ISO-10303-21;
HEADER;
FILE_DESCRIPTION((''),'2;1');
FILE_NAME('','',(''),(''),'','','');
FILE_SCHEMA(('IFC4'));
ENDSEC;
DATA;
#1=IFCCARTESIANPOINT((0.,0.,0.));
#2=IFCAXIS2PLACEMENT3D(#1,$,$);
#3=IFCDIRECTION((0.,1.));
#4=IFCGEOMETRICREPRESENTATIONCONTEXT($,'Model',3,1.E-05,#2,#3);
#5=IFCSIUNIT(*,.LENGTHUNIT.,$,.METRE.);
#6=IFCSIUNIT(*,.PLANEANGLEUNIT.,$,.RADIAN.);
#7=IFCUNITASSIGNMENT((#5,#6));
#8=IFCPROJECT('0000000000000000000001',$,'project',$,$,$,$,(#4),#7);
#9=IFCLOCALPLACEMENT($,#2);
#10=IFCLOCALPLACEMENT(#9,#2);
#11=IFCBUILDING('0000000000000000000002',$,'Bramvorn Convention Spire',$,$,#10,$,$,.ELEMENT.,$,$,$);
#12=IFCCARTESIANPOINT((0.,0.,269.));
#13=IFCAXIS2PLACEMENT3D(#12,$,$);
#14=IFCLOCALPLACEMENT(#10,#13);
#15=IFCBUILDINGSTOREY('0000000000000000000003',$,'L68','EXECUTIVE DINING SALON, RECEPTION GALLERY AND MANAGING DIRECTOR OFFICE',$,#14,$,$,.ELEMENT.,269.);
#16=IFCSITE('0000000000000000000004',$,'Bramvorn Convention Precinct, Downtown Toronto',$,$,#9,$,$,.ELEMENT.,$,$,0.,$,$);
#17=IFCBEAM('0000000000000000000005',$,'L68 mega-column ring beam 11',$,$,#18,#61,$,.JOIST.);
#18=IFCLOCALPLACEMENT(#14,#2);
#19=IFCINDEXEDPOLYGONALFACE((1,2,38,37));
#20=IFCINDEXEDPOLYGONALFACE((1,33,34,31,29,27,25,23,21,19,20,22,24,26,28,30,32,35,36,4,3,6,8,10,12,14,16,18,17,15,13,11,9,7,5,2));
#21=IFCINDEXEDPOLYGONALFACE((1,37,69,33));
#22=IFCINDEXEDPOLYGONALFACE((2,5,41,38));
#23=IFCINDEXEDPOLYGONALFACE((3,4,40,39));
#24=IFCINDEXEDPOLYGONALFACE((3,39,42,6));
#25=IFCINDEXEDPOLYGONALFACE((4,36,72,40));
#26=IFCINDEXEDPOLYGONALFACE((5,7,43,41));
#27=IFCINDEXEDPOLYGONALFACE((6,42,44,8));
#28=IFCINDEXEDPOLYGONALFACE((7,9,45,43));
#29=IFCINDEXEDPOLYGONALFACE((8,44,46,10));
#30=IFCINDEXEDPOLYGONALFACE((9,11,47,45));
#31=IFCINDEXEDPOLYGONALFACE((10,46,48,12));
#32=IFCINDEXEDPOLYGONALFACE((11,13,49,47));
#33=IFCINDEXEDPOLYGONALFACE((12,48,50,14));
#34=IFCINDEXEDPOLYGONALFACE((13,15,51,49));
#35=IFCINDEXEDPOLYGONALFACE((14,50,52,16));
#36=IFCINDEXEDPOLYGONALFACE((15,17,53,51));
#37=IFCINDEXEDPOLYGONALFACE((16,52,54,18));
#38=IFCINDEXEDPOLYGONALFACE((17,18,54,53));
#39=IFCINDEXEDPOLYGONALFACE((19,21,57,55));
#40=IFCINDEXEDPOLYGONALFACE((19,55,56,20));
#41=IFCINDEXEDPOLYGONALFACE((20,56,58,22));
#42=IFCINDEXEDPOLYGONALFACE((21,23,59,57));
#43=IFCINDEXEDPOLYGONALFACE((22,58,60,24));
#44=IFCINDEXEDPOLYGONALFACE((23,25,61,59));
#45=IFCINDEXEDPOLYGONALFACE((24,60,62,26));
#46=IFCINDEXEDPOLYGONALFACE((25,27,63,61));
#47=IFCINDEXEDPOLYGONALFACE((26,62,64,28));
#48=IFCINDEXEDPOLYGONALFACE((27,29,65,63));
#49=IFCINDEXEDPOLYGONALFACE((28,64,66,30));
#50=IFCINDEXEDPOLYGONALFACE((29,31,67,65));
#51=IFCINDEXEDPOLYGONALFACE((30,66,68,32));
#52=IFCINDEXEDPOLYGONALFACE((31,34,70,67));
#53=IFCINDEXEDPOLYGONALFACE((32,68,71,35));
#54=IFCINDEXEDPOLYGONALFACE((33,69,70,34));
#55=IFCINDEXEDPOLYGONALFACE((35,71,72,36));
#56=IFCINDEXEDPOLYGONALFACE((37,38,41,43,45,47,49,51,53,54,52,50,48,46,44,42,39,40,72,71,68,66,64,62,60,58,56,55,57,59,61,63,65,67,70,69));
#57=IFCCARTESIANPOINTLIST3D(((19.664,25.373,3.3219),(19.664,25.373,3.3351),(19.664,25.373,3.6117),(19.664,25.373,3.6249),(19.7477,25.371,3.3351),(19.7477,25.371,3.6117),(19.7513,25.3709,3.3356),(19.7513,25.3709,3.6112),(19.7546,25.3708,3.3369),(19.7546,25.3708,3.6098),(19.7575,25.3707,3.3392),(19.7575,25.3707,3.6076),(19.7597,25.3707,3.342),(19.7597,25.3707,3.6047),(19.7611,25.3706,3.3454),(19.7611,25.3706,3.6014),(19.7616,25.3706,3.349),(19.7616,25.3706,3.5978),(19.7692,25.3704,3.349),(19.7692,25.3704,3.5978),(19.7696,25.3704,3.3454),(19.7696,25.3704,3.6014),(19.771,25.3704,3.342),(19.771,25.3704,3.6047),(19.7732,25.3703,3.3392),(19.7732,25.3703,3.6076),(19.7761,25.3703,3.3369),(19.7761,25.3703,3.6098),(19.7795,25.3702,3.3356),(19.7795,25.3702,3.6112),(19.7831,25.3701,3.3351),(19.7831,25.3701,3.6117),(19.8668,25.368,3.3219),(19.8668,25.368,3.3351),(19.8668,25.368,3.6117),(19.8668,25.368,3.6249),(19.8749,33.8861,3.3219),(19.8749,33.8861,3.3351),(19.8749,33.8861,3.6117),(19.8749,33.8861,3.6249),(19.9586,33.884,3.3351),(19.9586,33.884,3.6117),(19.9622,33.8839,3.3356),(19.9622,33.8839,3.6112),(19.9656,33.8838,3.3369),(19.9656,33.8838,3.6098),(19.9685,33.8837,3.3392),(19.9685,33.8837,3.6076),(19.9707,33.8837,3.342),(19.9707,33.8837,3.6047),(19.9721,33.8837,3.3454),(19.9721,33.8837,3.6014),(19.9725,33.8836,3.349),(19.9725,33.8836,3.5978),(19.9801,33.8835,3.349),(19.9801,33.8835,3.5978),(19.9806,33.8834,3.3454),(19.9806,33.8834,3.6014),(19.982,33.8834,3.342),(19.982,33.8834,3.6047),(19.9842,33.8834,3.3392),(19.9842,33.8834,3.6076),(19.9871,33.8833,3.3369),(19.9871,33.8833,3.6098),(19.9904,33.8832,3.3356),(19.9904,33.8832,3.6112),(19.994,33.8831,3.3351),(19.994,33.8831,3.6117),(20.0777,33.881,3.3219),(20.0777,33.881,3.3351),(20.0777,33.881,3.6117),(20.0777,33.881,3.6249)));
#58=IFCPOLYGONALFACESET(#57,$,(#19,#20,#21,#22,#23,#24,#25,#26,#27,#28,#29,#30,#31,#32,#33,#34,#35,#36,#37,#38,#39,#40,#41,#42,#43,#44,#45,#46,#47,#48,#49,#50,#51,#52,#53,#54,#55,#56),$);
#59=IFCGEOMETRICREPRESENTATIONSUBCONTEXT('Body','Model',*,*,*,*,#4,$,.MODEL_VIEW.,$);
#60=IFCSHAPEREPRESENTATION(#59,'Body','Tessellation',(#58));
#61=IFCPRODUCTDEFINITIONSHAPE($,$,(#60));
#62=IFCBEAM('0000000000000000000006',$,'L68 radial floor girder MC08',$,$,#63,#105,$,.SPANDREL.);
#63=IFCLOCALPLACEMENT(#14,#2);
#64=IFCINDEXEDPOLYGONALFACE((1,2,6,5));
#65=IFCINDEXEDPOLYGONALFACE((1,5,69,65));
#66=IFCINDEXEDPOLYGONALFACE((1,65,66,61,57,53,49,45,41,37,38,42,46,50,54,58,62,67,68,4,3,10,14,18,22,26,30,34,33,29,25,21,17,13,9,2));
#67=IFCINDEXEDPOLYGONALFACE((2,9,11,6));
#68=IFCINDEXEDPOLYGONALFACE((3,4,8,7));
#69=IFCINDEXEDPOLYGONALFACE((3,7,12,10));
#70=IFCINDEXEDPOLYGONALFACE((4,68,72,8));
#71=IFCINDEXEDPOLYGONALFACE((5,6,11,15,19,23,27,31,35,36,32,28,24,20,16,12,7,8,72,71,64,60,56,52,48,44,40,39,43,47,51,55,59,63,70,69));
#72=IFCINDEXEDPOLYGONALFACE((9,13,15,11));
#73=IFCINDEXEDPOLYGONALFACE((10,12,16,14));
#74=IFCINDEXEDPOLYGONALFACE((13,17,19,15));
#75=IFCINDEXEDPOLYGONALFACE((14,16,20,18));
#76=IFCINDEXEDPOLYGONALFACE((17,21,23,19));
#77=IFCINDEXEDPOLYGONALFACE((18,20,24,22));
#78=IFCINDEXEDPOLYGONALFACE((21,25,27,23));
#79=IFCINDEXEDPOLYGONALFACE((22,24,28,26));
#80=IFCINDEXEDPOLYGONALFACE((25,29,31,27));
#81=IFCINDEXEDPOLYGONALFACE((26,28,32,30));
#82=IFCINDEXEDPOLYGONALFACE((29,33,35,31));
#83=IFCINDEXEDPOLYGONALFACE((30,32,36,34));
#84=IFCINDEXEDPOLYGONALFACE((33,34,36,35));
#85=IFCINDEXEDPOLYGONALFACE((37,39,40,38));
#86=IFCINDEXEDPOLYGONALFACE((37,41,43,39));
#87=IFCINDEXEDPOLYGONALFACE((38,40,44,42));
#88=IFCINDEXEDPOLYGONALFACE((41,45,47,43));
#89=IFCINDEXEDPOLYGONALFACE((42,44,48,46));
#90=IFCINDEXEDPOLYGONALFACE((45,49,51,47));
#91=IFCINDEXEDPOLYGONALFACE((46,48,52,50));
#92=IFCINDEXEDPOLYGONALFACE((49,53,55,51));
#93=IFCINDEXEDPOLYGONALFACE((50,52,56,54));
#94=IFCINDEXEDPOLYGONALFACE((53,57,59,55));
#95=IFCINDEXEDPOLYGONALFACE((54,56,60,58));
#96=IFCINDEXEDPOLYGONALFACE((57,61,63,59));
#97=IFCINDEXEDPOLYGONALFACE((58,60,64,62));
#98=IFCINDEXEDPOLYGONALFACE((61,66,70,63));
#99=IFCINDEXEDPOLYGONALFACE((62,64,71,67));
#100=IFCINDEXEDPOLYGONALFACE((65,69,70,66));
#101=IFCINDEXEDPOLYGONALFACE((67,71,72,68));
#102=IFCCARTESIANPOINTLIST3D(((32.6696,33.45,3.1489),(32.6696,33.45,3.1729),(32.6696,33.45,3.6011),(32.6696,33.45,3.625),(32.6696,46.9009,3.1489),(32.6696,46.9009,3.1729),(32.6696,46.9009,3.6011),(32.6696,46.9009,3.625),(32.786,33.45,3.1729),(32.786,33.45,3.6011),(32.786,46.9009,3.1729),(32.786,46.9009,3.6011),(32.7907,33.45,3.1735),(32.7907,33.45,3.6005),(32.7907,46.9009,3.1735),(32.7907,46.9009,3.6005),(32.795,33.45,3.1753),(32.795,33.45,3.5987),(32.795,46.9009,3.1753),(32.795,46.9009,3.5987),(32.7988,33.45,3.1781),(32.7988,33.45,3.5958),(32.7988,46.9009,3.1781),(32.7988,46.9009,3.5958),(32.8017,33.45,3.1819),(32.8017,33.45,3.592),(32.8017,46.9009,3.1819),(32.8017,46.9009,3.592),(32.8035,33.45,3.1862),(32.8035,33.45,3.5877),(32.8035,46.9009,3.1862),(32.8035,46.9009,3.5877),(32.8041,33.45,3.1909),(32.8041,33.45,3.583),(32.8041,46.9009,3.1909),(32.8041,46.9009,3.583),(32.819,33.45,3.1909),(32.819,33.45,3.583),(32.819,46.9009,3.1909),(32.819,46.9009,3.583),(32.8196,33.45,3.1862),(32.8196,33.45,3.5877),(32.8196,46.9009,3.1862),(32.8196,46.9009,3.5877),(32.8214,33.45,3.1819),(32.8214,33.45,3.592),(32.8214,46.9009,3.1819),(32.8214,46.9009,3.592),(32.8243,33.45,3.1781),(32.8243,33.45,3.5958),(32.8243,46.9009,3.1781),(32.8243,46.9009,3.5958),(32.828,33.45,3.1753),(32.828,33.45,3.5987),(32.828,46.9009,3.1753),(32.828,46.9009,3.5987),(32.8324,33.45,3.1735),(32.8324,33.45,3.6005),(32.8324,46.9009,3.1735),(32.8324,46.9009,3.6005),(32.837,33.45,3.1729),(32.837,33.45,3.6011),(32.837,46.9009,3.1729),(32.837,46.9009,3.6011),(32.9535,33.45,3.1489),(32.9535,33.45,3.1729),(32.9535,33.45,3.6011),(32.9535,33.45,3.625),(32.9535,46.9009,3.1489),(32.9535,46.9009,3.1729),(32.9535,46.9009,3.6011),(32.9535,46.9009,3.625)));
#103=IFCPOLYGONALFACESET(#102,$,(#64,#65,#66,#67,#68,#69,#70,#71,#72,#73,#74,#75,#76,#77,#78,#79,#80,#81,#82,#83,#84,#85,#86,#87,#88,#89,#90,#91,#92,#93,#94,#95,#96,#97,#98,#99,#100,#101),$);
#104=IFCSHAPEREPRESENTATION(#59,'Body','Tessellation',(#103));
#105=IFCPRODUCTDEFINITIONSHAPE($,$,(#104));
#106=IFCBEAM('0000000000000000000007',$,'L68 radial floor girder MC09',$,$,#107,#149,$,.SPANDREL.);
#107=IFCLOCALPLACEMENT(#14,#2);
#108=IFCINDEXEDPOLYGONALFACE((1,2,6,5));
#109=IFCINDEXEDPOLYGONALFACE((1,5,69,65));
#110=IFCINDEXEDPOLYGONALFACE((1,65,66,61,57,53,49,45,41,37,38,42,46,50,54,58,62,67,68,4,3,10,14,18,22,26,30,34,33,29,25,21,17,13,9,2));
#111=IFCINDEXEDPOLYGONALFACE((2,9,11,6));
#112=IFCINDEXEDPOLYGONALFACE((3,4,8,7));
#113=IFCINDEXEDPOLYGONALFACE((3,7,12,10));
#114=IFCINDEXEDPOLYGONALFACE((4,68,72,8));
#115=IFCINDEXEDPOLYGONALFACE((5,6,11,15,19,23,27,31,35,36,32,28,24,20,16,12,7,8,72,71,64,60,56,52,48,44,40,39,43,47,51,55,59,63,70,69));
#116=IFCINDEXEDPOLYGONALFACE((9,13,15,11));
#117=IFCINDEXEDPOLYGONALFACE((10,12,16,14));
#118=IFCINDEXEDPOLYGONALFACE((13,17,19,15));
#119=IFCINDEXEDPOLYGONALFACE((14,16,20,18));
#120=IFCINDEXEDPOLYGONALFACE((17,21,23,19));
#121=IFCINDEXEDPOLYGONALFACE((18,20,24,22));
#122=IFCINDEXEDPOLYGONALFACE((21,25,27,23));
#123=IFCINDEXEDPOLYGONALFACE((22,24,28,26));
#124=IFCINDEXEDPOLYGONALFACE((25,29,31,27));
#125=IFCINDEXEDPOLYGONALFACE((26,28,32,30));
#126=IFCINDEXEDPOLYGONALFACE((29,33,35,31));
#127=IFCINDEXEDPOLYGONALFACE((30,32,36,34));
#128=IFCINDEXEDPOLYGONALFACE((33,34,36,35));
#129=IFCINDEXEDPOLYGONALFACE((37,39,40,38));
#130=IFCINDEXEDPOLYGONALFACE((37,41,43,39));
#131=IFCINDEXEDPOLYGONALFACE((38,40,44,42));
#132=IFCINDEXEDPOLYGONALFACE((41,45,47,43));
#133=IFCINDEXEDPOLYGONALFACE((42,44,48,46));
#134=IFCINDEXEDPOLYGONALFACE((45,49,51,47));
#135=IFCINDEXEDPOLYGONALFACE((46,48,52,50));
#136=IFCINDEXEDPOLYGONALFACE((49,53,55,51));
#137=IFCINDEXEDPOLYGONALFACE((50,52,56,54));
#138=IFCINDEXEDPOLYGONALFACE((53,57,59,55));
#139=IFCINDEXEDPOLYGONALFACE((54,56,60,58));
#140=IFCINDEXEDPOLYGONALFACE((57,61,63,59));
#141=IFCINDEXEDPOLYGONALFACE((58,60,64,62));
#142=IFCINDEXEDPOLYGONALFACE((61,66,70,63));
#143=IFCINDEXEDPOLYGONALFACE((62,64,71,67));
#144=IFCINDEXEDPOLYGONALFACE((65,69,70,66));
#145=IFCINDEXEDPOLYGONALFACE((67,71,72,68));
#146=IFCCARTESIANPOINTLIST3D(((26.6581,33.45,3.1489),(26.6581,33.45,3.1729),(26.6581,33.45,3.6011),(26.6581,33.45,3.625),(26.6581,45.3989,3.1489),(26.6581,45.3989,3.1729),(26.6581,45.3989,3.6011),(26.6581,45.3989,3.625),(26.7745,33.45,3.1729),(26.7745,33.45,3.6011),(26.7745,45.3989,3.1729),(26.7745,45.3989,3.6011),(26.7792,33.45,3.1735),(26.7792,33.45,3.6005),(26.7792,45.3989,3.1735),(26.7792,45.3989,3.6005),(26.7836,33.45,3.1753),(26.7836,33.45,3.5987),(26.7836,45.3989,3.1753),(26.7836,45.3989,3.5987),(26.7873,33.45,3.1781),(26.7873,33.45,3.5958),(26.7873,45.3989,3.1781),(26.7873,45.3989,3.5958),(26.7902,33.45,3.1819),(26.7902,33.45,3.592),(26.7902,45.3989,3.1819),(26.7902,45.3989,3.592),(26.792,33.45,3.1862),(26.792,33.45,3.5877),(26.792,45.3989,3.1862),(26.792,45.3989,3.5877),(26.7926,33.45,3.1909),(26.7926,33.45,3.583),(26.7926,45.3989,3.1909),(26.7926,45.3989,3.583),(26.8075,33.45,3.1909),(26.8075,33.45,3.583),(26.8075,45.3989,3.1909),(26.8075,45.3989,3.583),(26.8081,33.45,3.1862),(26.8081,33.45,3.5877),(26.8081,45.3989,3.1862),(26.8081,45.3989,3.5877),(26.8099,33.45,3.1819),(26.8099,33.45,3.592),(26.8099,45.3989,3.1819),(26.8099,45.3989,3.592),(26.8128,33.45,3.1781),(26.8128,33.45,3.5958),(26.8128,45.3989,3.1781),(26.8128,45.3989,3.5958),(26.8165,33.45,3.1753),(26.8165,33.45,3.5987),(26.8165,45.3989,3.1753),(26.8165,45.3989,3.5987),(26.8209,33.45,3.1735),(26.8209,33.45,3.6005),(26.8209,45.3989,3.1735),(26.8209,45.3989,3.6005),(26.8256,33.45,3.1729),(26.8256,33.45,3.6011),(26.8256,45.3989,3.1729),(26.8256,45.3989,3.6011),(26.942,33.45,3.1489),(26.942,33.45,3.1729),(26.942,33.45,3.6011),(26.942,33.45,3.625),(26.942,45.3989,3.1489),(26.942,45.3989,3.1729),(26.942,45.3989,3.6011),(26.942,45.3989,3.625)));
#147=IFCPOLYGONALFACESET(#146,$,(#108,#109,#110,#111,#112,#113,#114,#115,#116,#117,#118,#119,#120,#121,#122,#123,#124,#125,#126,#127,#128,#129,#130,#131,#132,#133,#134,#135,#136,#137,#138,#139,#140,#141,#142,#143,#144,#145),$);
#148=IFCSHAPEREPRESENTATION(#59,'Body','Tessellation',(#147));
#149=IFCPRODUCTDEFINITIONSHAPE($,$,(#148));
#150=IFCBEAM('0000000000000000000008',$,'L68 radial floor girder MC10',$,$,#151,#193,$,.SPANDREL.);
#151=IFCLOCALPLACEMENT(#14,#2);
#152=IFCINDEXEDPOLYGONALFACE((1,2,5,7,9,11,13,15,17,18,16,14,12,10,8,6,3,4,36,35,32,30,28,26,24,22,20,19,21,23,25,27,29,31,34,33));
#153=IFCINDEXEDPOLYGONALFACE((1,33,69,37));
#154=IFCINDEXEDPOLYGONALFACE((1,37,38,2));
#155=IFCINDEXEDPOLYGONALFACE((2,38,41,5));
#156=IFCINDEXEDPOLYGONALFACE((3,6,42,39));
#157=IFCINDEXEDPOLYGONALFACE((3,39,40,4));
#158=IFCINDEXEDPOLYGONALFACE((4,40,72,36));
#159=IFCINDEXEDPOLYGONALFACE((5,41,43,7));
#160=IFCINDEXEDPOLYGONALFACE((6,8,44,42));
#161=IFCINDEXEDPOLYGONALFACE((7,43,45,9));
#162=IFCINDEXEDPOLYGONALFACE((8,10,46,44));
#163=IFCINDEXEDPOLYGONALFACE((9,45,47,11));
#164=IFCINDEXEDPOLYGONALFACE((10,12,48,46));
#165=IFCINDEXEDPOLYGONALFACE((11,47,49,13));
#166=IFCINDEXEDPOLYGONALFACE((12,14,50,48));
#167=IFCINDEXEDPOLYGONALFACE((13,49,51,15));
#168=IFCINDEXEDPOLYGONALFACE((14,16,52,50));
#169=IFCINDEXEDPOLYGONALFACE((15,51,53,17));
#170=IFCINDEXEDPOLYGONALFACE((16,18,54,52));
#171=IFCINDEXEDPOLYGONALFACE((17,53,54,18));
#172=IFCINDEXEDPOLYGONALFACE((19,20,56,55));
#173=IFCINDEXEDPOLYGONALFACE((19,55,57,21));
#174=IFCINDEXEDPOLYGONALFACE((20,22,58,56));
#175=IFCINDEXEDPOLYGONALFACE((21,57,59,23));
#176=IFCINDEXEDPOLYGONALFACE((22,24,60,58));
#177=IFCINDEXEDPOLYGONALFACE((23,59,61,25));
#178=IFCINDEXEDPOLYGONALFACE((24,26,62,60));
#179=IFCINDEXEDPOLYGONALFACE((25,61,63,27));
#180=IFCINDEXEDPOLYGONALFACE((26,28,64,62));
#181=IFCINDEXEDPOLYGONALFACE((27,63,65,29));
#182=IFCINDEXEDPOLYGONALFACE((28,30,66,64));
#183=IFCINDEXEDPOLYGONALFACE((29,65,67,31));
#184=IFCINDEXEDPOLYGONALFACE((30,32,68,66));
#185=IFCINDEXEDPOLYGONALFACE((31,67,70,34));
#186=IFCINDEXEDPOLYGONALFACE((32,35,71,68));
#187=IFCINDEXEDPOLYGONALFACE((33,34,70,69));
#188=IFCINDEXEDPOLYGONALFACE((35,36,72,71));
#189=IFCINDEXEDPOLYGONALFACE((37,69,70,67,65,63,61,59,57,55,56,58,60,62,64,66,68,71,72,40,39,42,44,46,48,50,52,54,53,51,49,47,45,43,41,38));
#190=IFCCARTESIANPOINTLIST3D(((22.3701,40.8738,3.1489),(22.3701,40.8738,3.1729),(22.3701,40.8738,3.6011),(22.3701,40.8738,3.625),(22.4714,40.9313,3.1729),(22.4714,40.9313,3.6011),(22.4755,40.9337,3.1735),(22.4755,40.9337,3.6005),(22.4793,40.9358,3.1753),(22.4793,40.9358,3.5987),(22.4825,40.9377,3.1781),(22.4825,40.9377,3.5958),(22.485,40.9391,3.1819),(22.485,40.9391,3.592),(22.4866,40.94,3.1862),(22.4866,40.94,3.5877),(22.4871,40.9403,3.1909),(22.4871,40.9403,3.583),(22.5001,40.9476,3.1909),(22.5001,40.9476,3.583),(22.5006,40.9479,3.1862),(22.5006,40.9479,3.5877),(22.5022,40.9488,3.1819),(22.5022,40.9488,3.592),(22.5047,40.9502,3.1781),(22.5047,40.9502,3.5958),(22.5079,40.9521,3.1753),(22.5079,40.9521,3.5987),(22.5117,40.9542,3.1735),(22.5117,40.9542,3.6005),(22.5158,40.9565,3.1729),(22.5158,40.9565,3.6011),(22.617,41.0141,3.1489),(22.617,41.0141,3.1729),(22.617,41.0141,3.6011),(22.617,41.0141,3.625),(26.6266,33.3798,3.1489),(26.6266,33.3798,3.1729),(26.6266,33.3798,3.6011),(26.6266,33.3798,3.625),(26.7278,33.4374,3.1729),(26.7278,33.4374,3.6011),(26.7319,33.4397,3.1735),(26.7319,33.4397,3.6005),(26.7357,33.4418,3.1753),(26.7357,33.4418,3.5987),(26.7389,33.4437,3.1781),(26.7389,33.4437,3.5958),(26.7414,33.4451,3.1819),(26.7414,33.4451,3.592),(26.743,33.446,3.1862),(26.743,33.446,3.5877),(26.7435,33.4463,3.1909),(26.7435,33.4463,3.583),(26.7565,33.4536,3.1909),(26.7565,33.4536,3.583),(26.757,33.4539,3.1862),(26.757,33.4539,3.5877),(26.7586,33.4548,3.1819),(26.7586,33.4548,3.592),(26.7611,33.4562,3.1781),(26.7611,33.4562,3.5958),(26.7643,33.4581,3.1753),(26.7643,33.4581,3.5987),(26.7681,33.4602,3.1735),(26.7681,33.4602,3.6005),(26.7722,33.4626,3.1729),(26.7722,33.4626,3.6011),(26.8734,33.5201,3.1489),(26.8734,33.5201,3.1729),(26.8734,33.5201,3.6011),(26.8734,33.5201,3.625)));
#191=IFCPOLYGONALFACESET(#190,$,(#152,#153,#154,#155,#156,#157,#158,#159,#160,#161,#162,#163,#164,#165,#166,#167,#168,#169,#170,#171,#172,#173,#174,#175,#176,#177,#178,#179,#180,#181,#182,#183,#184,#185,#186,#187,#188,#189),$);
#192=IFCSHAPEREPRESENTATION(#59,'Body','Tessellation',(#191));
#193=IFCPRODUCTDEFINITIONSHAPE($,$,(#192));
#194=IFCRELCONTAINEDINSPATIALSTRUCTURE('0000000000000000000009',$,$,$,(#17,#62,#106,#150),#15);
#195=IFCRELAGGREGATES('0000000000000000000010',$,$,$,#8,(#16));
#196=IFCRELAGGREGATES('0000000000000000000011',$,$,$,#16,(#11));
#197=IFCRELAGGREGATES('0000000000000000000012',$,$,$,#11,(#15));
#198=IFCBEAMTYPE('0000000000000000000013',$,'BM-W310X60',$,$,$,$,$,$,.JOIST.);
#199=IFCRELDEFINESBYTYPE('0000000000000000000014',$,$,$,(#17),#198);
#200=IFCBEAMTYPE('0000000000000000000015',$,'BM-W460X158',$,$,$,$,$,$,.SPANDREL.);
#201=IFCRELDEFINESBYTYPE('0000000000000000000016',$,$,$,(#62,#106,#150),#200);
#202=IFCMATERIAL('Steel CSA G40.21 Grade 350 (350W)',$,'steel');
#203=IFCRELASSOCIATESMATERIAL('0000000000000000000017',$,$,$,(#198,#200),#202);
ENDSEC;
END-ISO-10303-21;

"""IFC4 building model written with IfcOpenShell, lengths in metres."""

from ifc_helpers import new_model, si_unit, direction, frame, origin, origin_2d, place, context, subcontext, project, spatial, i_section, extrude, material, material_profile, profile_set, type_object, element, save


model = new_model("IFC4")

# Units and contexts
model_context = context("Model", 3, precision=1e-05, world=origin(), true_north=direction((0.0, 1.0)))
body_context = subcontext(model_context, "Body", "Model", "MODEL_VIEW")
ifc_project = project(units=[si_unit("LENGTHUNIT", "METRE"), si_unit("PLANEANGLEUNIT", "RADIAN")], contexts=[model_context])

# Site, building, storey
site_placement = place(None, origin())
site = spatial("IfcSite", under=ifc_project, at=site_placement, Name="Bramvorn Convention Precinct, Downtown Toronto", CompositionType="ELEMENT", RefElevation=0.0)
building_placement = place(site_placement, origin())
building = spatial("IfcBuilding", under=site, at=building_placement, Name="Bramvorn Convention Spire", CompositionType="ELEMENT")
storey_placement = place(building_placement, frame((0.0, 0.0, 269.0)))
storey = spatial("IfcBuildingStorey", under=building, at=storey_placement, Name="L68", Description="EXECUTIVE DINING SALON, RECEPTION GALLERY AND MANAGING DIRECTOR OFFICE", CompositionType="ELEMENT", Elevation=269.0)

# Shared definitions
ifc_material_1 = material(Name="Steel CSA G40.21 Grade 350 (350W)", Category="steel")

# Beams
ifc_material_profile_1 = material_profile(ifc_material_1, i_section(OverallWidth=0.2029, OverallDepth=0.303, WebThickness=0.0076, FlangeThickness=0.0132, FilletRadius=0.0139, at=origin_2d()))
ifc_profile_set_1 = profile_set([ifc_material_profile_1], Name="Steel CSA G40.21 Grade 350 (350W) - W310X60")
beam_type_1 = type_object("IfcBeamType", Name="BM-W310X60", PredefinedType="JOIST", material=ifc_profile_set_1)
beam_1_placement = place(storey_placement, frame((19.9763, 33.8835, 3.4734), z_axis=(-0.024771, -0.999693, 0.0), x_axis=(0.999693, -0.024771, 0.0)))
element("IfcBeam", 1, at=beam_1_placement, inside=storey, type_object=beam_type_1, Name="L68 mega-column ring beam 11", PredefinedType="JOIST", context=body_context, shape_type="SweptSolid", body=[
    extrude(i_section(OverallWidth=0.2029, OverallDepth=0.303, WebThickness=0.0076, FlangeThickness=0.0132, FilletRadius=0.0139, at=origin_2d()), origin(), (0.0, 0.0, 1.0), 8.5156),
])
ifc_material_profile_2 = material_profile(ifc_material_1, i_section(OverallWidth=0.2839, OverallDepth=0.4761, WebThickness=0.0149, FlangeThickness=0.0239, FilletRadius=0.0181, at=origin_2d()))
ifc_profile_set_2 = profile_set([ifc_material_profile_2], Name="Steel CSA G40.21 Grade 350 (350W) - W460X158")
beam_type_2 = type_object("IfcBeamType", Name="BM-W460X158", PredefinedType="SPANDREL", material=ifc_profile_set_2)
beam_2_placement = place(storey_placement, frame((32.8115, 33.45, 3.387), z_axis=(0.0, 1.0, 0.0), x_axis=(-1.0, 0.0, 0.0)))
element("IfcBeam", 2, at=beam_2_placement, inside=storey, type_object=beam_type_2, Name="L68 radial floor girder MC08", PredefinedType="SPANDREL", context=body_context, shape_type="SweptSolid", body=[
    extrude(i_section(OverallWidth=0.2839, OverallDepth=0.4761, WebThickness=0.0149, FlangeThickness=0.0239, FilletRadius=0.0181, at=origin_2d()), origin(), (0.0, 0.0, 1.0), 13.4509),
])
beam_3_placement = place(storey_placement, frame((26.8, 33.45, 3.387), z_axis=(0.0, 1.0, 0.0), x_axis=(-1.0, 0.0, 0.0)))
element("IfcBeam", 3, at=beam_3_placement, inside=storey, type_object=beam_type_2, Name="L68 radial floor girder MC09", PredefinedType="SPANDREL", context=body_context, shape_type="SweptSolid", body=[
    extrude(i_section(OverallWidth=0.2839, OverallDepth=0.4761, WebThickness=0.0149, FlangeThickness=0.0239, FilletRadius=0.0181, at=origin_2d()), origin(), (0.0, 0.0, 1.0), 11.949),
])
beam_4_placement = place(storey_placement, frame((26.75, 33.45, 3.387), z_axis=(-0.493874, 0.869534, 0.0), x_axis=(-0.869534, -0.493874, 0.0)))
element("IfcBeam", 4, at=beam_4_placement, inside=storey, type_object=beam_type_2, Name="L68 radial floor girder MC10", PredefinedType="SPANDREL", context=body_context, shape_type="SweptSolid", body=[
    extrude(i_section(OverallWidth=0.2839, OverallDepth=0.4761, WebThickness=0.0149, FlangeThickness=0.0239, FilletRadius=0.0181, at=origin_2d()), origin(), (0.0, 0.0, 1.0), 8.6184),
])

save(model, "model.ifc")
